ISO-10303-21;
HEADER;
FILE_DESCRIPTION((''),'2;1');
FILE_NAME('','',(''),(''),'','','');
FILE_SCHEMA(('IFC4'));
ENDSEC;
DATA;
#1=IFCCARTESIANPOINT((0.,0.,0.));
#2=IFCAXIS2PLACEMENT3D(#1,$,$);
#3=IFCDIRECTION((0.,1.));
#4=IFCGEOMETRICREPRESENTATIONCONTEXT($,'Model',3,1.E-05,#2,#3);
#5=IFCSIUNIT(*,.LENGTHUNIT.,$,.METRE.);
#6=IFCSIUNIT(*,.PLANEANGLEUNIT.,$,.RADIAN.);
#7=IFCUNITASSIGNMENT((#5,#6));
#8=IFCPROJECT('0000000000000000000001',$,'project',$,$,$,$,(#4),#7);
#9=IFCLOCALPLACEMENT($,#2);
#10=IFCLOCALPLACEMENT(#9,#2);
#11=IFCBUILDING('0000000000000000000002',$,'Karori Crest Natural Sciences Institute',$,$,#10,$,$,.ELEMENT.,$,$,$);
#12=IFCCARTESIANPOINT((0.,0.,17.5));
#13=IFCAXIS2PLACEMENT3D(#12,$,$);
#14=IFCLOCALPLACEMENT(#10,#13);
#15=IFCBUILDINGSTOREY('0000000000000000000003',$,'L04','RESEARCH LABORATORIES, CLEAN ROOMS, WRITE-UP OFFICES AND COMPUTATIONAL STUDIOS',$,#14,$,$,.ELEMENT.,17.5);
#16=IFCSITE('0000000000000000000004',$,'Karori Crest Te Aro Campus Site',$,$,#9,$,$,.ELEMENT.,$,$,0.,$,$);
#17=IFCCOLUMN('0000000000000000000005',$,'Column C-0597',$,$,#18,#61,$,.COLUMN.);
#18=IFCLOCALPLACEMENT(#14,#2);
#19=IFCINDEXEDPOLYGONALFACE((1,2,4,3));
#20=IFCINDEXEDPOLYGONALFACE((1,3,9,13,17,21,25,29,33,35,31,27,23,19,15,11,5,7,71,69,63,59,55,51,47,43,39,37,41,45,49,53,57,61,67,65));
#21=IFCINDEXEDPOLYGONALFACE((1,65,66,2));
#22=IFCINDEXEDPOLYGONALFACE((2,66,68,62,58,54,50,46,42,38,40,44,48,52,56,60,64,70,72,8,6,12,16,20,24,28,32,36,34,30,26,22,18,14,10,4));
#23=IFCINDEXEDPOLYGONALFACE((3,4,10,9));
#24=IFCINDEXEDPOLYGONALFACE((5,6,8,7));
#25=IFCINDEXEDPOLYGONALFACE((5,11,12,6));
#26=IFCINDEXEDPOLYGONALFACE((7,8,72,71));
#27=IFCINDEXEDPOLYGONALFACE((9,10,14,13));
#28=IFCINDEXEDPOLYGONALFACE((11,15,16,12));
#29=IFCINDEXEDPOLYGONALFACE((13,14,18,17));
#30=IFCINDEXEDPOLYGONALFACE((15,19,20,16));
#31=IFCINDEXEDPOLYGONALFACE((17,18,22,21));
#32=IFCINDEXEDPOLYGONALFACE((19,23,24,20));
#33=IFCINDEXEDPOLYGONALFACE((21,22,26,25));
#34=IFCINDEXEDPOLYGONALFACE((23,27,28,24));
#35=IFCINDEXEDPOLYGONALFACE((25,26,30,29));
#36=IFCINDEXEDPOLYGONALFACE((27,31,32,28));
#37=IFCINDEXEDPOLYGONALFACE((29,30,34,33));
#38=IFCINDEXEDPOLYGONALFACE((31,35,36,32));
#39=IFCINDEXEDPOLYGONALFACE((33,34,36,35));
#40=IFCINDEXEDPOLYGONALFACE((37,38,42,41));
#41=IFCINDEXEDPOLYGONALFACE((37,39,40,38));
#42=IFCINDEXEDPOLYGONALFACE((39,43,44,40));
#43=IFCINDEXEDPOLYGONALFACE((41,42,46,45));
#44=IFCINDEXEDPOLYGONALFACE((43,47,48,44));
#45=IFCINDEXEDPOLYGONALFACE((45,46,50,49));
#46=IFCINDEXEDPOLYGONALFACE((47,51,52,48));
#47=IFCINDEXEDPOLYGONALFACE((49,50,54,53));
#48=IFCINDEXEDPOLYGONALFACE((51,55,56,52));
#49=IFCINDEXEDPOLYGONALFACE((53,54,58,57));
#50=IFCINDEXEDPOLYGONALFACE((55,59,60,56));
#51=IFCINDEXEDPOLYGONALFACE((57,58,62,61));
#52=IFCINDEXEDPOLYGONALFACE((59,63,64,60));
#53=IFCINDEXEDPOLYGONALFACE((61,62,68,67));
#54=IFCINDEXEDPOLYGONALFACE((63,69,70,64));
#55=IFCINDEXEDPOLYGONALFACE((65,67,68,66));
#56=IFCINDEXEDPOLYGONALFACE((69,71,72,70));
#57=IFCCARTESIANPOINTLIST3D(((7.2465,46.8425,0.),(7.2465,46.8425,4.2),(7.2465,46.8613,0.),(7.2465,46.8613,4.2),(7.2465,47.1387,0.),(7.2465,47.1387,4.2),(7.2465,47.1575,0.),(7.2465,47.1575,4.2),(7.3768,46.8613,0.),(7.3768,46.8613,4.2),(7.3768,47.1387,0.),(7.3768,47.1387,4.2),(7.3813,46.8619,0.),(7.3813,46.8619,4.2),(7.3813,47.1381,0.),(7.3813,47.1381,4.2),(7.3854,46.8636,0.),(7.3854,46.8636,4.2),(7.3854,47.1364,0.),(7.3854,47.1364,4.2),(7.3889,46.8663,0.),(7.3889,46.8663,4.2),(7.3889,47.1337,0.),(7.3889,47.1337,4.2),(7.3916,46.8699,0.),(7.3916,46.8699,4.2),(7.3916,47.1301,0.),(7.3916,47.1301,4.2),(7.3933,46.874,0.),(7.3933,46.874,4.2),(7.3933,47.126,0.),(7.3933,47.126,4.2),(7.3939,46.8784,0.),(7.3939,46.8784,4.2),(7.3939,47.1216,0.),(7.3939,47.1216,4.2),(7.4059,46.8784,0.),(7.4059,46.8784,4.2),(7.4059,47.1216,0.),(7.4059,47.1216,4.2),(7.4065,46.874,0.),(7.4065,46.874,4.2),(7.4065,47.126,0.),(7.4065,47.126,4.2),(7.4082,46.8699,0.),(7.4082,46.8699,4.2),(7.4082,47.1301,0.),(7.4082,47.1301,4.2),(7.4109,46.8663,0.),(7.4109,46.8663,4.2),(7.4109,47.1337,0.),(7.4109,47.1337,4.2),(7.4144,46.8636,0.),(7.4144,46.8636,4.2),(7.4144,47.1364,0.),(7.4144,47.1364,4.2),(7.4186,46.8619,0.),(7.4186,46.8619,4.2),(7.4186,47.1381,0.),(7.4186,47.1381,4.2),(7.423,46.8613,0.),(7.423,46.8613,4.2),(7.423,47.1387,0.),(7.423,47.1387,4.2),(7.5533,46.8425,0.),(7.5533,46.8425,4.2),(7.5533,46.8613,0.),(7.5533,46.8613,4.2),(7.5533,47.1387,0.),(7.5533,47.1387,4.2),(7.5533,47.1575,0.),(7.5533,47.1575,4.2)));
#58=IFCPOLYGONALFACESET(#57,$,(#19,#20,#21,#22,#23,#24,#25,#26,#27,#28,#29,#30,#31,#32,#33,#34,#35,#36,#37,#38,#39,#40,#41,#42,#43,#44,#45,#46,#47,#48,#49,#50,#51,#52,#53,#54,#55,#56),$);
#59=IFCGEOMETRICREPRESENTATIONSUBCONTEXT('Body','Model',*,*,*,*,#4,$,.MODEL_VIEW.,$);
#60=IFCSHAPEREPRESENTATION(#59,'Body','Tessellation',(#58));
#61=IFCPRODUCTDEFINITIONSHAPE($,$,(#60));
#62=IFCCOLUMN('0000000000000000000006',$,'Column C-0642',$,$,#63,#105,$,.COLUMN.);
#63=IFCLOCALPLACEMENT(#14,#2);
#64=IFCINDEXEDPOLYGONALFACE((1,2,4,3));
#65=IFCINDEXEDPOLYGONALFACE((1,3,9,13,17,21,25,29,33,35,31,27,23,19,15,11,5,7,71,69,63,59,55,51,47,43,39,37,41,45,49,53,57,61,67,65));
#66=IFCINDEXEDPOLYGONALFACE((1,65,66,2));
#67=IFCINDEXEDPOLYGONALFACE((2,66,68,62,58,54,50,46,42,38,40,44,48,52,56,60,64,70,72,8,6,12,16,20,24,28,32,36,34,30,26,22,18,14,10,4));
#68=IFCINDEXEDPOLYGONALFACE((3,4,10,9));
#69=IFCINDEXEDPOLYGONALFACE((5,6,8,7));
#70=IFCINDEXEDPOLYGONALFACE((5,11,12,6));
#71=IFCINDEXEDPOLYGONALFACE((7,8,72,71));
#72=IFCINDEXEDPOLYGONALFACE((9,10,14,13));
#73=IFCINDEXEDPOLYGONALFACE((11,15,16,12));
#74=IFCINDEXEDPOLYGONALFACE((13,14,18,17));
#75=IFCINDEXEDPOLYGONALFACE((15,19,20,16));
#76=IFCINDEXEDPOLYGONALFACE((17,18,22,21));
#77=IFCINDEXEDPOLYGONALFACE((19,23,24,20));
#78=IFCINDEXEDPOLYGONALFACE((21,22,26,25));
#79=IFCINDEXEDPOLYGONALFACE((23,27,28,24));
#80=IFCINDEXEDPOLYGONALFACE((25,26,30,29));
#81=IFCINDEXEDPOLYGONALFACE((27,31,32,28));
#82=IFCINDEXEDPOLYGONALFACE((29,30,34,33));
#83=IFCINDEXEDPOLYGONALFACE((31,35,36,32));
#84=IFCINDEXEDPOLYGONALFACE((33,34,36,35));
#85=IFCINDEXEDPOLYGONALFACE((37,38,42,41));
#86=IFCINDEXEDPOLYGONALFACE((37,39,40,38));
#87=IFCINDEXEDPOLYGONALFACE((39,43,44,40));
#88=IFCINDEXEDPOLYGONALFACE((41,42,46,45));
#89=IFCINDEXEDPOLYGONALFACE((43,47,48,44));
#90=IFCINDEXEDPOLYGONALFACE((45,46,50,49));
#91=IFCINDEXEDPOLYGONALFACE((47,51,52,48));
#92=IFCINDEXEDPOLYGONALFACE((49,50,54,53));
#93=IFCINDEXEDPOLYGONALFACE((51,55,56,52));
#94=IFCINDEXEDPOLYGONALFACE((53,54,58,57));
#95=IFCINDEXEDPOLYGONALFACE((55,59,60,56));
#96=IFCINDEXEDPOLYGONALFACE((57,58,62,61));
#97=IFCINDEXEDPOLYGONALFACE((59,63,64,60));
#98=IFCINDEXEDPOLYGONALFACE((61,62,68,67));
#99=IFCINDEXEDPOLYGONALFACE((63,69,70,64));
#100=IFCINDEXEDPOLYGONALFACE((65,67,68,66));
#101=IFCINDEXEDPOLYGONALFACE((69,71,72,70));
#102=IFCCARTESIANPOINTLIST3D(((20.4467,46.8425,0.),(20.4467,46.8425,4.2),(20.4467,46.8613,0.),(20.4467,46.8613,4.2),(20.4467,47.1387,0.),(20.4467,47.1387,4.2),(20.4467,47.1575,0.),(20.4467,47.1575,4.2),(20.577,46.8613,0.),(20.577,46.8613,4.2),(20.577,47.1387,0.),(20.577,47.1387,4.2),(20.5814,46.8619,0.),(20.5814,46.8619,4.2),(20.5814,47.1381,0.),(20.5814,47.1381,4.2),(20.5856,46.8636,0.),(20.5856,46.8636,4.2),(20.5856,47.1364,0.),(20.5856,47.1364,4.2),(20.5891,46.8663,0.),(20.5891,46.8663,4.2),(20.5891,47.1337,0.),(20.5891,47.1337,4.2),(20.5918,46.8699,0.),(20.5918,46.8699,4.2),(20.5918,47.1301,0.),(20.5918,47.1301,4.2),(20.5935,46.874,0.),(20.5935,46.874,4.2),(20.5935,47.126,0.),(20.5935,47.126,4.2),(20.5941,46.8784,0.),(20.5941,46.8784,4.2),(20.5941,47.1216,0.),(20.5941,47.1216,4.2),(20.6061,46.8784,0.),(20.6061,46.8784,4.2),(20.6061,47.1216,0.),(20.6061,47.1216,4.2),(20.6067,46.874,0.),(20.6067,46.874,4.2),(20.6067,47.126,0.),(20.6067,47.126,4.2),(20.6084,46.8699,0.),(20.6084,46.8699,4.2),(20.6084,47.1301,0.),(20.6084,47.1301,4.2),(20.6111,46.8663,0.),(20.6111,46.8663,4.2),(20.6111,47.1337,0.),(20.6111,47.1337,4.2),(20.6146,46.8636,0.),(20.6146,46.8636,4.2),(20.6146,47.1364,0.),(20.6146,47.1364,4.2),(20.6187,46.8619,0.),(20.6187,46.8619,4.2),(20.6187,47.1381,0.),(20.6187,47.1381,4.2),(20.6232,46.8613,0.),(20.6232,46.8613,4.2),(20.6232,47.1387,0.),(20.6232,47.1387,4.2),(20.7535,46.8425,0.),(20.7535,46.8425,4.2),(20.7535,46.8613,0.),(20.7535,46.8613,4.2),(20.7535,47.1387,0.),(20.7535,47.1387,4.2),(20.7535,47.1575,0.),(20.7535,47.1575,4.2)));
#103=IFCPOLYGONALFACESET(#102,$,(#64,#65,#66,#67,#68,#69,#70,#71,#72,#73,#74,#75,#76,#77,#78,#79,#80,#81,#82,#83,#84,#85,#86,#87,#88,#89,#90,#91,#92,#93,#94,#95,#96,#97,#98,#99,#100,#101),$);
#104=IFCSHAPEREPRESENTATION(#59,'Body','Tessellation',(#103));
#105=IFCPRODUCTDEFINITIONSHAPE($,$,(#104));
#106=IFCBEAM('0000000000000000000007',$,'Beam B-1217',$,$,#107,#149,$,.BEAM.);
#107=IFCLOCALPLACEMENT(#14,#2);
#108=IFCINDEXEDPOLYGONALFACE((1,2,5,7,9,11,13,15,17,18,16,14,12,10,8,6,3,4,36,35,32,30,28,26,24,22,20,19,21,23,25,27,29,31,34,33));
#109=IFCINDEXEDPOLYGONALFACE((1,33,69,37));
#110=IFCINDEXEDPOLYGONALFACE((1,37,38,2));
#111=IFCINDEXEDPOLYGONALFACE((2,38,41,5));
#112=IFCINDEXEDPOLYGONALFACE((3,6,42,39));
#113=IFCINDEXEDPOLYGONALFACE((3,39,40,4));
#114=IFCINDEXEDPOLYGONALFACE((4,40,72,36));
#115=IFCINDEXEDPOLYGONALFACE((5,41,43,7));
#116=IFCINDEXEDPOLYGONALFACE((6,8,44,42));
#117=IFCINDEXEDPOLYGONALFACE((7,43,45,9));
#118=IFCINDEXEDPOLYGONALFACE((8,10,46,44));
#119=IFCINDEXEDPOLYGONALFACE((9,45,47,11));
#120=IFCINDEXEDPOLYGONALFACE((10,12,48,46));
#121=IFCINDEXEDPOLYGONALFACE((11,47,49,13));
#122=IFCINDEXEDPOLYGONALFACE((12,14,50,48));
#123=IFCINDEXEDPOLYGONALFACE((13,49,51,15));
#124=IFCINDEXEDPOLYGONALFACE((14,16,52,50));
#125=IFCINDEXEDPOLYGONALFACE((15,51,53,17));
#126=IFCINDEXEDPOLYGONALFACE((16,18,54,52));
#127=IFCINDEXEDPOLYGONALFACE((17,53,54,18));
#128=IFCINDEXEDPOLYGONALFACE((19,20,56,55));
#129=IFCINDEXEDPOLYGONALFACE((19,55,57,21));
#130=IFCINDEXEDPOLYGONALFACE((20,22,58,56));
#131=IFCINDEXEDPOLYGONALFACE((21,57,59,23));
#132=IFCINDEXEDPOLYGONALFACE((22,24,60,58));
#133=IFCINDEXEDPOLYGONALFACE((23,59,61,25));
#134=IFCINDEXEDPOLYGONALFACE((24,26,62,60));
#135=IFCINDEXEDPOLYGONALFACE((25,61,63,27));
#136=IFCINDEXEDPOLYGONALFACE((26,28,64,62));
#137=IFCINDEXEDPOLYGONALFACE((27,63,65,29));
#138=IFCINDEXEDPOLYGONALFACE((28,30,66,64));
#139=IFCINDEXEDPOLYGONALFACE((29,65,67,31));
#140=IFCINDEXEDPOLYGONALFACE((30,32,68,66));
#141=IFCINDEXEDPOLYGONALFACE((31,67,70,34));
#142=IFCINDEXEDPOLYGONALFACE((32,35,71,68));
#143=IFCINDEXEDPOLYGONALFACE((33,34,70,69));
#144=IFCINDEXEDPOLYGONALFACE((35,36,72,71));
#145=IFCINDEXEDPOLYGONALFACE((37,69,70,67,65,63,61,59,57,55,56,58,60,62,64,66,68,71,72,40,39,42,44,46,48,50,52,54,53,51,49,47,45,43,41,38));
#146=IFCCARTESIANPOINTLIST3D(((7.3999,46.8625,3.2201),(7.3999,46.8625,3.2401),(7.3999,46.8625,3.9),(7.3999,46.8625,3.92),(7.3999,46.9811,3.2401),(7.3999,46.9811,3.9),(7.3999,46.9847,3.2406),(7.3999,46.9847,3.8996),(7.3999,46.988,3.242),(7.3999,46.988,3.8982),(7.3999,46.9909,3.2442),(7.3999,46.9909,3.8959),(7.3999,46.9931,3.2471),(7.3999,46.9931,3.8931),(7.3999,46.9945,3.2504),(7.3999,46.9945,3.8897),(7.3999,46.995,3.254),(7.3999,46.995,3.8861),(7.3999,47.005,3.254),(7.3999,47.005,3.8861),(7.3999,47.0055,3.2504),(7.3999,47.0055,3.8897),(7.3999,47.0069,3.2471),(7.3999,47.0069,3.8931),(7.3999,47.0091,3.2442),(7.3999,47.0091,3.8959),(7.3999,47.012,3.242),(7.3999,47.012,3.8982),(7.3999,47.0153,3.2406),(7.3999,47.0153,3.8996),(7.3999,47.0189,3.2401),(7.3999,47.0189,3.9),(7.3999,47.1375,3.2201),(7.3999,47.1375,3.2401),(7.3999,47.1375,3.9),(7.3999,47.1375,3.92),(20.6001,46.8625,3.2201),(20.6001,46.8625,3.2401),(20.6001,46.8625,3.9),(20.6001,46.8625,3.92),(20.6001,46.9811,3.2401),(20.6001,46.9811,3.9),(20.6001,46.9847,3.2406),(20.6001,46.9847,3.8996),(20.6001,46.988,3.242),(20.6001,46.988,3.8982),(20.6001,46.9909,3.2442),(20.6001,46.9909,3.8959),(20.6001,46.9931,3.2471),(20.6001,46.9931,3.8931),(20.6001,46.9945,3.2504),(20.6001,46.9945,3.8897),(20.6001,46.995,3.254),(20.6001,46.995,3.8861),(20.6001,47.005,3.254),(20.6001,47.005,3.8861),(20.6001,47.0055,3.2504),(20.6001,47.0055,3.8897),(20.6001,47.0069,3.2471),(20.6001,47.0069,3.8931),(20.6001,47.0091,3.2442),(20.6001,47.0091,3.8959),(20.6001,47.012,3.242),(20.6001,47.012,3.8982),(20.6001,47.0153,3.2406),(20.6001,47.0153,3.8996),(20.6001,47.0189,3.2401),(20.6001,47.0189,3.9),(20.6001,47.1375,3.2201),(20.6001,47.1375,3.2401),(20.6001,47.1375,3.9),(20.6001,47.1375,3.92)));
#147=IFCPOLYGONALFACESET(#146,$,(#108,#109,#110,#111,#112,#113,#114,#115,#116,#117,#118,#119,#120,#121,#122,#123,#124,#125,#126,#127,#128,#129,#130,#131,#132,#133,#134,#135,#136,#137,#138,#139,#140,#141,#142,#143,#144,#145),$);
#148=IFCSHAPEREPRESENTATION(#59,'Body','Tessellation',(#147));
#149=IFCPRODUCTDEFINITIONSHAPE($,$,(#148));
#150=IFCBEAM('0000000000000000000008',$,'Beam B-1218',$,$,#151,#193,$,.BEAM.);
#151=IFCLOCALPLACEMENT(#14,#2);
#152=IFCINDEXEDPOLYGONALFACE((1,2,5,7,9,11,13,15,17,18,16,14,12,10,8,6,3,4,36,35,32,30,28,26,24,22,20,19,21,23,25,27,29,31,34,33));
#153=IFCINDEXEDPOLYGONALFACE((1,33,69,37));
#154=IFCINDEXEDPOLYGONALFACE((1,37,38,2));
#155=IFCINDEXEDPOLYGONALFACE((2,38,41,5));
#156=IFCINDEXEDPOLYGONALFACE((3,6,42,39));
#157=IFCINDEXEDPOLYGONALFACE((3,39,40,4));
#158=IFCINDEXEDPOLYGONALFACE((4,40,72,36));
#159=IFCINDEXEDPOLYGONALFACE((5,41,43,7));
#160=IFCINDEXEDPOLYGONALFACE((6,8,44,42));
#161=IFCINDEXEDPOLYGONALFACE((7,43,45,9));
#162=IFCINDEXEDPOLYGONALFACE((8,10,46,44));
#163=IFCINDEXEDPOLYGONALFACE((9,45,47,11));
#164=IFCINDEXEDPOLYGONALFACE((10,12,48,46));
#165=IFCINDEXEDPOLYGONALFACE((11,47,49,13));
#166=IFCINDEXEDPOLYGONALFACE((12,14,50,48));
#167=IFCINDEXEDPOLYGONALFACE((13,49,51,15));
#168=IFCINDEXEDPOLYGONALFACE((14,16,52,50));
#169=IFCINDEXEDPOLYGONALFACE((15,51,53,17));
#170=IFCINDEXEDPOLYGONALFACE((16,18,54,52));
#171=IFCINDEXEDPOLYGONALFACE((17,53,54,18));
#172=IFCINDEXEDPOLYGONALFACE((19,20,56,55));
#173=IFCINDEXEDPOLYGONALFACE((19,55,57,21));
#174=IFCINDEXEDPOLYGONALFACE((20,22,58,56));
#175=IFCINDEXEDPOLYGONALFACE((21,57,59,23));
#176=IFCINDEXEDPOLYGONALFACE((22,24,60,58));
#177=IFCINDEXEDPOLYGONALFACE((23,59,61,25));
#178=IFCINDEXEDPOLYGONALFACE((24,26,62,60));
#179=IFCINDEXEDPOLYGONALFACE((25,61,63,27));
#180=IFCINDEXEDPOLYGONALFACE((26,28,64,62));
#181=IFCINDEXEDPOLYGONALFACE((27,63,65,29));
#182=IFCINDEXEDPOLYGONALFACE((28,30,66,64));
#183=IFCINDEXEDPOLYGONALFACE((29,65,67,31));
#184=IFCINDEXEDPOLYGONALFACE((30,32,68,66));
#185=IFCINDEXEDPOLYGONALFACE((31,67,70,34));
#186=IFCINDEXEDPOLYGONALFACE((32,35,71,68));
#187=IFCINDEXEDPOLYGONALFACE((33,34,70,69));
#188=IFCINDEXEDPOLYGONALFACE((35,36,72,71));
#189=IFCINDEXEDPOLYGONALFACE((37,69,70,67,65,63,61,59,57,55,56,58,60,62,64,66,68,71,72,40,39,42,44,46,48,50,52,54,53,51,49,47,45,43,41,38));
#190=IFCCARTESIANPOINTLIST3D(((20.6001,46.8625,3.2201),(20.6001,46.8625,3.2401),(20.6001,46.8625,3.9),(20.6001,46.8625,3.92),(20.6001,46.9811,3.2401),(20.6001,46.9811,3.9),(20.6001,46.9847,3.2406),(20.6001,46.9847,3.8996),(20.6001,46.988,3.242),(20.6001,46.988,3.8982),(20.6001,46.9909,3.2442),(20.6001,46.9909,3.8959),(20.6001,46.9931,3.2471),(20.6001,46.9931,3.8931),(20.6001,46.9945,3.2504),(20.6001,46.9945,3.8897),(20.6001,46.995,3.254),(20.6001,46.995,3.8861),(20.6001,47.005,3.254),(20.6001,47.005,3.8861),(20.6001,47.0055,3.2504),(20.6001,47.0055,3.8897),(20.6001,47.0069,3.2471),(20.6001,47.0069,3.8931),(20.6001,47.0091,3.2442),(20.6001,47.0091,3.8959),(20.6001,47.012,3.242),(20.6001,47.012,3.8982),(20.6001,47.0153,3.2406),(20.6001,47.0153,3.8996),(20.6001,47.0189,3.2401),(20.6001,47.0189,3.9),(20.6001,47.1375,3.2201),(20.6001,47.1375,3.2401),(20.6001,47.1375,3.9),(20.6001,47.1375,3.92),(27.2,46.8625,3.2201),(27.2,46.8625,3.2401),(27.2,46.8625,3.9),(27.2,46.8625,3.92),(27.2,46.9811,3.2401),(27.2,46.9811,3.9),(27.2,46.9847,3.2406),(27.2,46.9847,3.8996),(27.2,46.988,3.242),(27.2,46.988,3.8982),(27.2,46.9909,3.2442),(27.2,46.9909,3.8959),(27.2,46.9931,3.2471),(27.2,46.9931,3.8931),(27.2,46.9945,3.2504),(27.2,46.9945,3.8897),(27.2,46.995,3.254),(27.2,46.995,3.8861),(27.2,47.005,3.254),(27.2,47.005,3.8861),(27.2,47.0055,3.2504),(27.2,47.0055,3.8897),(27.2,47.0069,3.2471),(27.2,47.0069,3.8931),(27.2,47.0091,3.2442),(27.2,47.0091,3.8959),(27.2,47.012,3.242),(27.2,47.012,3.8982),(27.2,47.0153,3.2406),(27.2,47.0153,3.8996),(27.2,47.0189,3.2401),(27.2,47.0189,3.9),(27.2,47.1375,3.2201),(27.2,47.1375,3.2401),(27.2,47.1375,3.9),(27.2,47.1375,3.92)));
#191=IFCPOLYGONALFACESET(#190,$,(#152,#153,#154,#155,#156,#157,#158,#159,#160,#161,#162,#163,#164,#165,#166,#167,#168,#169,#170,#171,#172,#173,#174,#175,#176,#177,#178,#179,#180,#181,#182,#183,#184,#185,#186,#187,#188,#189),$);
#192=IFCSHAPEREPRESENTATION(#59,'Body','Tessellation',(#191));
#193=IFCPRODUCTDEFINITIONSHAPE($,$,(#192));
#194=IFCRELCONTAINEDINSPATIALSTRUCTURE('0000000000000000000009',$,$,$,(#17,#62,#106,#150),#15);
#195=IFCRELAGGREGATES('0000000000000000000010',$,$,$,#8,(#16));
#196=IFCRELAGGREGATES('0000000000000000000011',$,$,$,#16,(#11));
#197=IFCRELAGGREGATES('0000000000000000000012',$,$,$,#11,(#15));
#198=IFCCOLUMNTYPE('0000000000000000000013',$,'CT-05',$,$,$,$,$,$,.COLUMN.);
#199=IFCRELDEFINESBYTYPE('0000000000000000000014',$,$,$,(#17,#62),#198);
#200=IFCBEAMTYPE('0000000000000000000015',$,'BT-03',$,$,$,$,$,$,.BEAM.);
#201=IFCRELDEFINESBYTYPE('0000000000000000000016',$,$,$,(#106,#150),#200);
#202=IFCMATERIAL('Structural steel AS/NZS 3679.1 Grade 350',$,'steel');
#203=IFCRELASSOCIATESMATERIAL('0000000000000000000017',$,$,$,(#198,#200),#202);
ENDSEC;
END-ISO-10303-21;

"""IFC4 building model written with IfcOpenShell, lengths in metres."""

from ifc_helpers import new_model, si_unit, direction, frame, origin, origin_2d, place, context, subcontext, project, spatial, i_section, extrude, material, material_profile, profile_set, type_object, element, save


model = new_model("IFC4")

# Units and contexts
model_context = context("Model", 3, precision=1e-05, world=origin(), true_north=direction((0.0, 1.0)))
body_context = subcontext(model_context, "Body", "Model", "MODEL_VIEW")
ifc_project = project(units=[si_unit("LENGTHUNIT", "METRE"), si_unit("PLANEANGLEUNIT", "RADIAN")], contexts=[model_context])

# Site, building, storey
site_placement = place(None, origin())
site = spatial("IfcSite", under=ifc_project, at=site_placement, Name="Karori Crest Te Aro Campus Site", CompositionType="ELEMENT", RefElevation=0.0)
building_placement = place(site_placement, origin())
building = spatial("IfcBuilding", under=site, at=building_placement, Name="Karori Crest Natural Sciences Institute", CompositionType="ELEMENT")
storey_placement = place(building_placement, frame((0.0, 0.0, 17.5)))
storey = spatial("IfcBuildingStorey", under=building, at=storey_placement, Name="L04", Description="RESEARCH LABORATORIES, CLEAN ROOMS, WRITE-UP OFFICES AND COMPUTATIONAL STUDIOS", CompositionType="ELEMENT", Elevation=17.5)

# Columns
ifc_material_1 = material(Name="Structural steel AS/NZS 3679.1 Grade 350", Category="steel")
ifc_material_profile_1 = material_profile(ifc_material_1, i_section(OverallWidth=0.3069, OverallDepth=0.3149, WebThickness=0.012, FlangeThickness=0.0188, FilletRadius=0.0171, at=origin_2d()), Name="310UC118")
ifc_profile_set_1 = profile_set([ifc_material_profile_1], Name="Structural steel AS/NZS 3679.1 Grade 350")
column_type = type_object("IfcColumnType", Name="CT-05", PredefinedType="COLUMN", material=ifc_profile_set_1)
for number, where, z_axis, x_axis, name in (
    (1, (7.3999, 47.0, 0.0), (0.0, 0.0, 1.0), (1.0, 0.0, 0.0), "Column C-0597"),
    (2, (20.6001, 47.0, 0.0), (0.0, 0.0, 1.0), (1.0, 0.0, 0.0), "Column C-0642"),
):
    element("IfcColumn", number, at=place(storey_placement, frame(where, z_axis=z_axis, x_axis=x_axis)), inside=storey, type_object=column_type, Name=name, PredefinedType="COLUMN", context=body_context, shape_type="SweptSolid", body=[
        extrude(i_section(OverallWidth=0.3069, OverallDepth=0.3149, WebThickness=0.012, FlangeThickness=0.0188, FilletRadius=0.0171, at=origin_2d()), origin(), (0.0, 0.0, 1.0), 4.2),
    ])

# Beams
ifc_material_profile_2 = material_profile(ifc_material_1, i_section(OverallWidth=0.2749, OverallDepth=0.7, WebThickness=0.01, FlangeThickness=0.02, FilletRadius=0.0139, at=origin_2d()), Name="700WB150")
ifc_profile_set_2 = profile_set([ifc_material_profile_2], Name="Structural steel AS/NZS 3679.1 Grade 350")
beam_type_1 = type_object("IfcBeamType", Name="BT-03", PredefinedType="BEAM", material=ifc_profile_set_2)
beam_1_placement = place(storey_placement, frame((7.3999, 47.0, 3.5701), z_axis=(1.0, 0.0, 0.0), x_axis=(0.0, 1.0, 0.0)))
element("IfcBeam", 3, at=beam_1_placement, inside=storey, type_object=beam_type_1, Name="Beam B-1217", PredefinedType="BEAM", context=body_context, shape_type="SweptSolid", body=[
    extrude(i_section(OverallWidth=0.2749, OverallDepth=0.7, WebThickness=0.01, FlangeThickness=0.02, FilletRadius=0.0139, at=origin_2d()), origin(), (0.0, 0.0, 1.0), 13.2002),
])
beam_2_placement = place(storey_placement, frame((20.6001, 47.0, 3.5701), z_axis=(1.0, 0.0, 0.0), x_axis=(0.0, 1.0, 0.0)))
element("IfcBeam", 4, at=beam_2_placement, inside=storey, type_object=beam_type_1, Name="Beam B-1218", PredefinedType="BEAM", context=body_context, shape_type="SweptSolid", body=[
    extrude(i_section(OverallWidth=0.2749, OverallDepth=0.7, WebThickness=0.01, FlangeThickness=0.02, FilletRadius=0.0139, at=origin_2d()), origin(), (0.0, 0.0, 1.0), 6.5999),
])

save(model, "model.ifc")
